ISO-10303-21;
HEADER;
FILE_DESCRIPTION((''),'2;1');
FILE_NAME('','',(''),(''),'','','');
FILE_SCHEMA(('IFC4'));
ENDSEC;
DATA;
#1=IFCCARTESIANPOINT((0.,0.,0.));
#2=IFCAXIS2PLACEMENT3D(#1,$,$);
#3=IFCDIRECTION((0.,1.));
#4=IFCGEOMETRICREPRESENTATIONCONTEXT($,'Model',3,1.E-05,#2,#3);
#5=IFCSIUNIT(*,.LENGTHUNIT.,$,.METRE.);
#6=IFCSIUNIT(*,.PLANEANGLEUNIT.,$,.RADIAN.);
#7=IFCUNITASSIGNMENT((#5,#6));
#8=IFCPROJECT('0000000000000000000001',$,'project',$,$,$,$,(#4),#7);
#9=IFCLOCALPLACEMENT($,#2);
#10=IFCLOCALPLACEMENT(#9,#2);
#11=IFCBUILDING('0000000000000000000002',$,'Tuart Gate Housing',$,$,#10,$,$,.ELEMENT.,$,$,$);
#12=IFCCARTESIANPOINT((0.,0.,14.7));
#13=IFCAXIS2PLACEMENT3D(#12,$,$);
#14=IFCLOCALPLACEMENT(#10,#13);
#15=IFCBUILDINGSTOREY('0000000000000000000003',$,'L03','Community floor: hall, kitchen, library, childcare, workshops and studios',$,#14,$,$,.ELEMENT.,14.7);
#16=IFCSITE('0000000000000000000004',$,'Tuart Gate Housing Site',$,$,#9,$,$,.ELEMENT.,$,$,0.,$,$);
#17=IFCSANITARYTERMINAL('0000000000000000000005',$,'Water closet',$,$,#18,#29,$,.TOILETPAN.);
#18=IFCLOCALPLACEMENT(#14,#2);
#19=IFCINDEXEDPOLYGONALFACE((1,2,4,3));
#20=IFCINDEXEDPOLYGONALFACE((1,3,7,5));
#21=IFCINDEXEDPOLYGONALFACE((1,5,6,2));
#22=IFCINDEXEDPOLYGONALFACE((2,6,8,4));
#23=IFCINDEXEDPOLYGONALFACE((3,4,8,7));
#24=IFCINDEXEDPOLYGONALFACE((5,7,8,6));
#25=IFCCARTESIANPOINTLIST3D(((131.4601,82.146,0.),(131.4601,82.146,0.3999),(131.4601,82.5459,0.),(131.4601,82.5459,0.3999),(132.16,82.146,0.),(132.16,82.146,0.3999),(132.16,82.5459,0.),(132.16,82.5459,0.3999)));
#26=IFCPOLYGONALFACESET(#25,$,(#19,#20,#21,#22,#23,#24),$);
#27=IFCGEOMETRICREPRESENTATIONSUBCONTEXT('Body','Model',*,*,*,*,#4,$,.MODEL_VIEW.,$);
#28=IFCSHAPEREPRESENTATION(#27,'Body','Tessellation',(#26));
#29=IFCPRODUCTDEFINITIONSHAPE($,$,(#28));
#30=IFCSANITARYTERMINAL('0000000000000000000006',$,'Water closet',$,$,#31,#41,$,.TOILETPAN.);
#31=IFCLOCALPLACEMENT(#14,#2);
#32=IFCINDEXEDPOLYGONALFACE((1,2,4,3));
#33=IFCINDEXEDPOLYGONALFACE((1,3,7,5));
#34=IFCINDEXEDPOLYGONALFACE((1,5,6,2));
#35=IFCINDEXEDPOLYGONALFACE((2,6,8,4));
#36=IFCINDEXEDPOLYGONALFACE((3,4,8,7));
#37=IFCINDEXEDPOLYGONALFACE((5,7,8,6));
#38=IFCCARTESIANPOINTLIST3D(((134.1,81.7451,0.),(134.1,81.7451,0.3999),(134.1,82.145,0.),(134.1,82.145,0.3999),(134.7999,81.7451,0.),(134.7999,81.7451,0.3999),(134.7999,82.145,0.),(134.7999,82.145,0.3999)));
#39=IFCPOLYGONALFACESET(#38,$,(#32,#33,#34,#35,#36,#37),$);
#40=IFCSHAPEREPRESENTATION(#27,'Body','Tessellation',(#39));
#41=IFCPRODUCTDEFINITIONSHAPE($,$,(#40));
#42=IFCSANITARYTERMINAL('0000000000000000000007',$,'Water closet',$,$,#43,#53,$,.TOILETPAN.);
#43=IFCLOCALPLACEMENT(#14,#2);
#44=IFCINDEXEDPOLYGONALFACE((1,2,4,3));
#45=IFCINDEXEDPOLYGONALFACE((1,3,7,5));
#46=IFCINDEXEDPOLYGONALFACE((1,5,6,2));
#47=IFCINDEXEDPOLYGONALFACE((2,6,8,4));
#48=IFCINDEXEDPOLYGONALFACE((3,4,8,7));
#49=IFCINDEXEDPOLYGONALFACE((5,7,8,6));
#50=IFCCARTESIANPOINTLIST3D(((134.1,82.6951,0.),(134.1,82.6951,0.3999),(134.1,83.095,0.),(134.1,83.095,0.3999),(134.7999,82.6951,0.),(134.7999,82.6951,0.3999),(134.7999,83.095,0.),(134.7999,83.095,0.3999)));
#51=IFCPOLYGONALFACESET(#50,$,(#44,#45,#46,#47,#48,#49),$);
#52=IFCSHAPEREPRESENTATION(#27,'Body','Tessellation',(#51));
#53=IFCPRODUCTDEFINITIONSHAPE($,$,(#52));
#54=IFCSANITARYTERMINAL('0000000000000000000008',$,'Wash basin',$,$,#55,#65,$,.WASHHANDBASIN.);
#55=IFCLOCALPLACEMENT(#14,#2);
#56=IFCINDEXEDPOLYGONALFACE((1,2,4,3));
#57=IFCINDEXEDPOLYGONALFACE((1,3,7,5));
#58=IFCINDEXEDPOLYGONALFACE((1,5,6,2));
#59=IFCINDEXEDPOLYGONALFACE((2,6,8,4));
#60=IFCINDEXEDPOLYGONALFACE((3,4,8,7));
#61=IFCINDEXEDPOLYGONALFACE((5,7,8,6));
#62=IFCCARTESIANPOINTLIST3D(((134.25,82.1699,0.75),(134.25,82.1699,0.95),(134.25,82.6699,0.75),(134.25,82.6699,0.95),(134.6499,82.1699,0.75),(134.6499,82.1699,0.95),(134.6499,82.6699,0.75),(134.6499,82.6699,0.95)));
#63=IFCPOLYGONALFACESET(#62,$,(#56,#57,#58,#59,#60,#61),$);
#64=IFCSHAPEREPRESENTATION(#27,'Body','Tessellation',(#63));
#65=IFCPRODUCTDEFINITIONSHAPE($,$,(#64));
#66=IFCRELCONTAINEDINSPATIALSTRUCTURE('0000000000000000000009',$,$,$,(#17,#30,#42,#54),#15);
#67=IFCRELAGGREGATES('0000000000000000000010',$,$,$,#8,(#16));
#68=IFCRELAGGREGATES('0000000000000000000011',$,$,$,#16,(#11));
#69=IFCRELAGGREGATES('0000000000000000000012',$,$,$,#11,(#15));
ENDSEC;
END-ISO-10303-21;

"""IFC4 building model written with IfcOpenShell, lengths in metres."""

from ifc_helpers import new_model, si_unit, direction, frame, origin, origin_2d, place, context, subcontext, project, spatial, rectangle, extrude, element, save


model = new_model("IFC4")

# Units and contexts
model_context = context("Model", 3, precision=1e-05, world=origin(), true_north=direction((0.0, 1.0)))
body_context = subcontext(model_context, "Body", "Model", "MODEL_VIEW")
ifc_project = project(units=[si_unit("LENGTHUNIT", "METRE"), si_unit("PLANEANGLEUNIT", "RADIAN")], contexts=[model_context])

# Site, building, storey
site_placement = place(None, origin())
site = spatial("IfcSite", under=ifc_project, at=site_placement, Name="Tuart Gate Housing Site", CompositionType="ELEMENT", RefElevation=0.0)
building_placement = place(site_placement, origin())
building = spatial("IfcBuilding", under=site, at=building_placement, Name="Tuart Gate Housing", CompositionType="ELEMENT")
storey_placement = place(building_placement, frame((0.0, 0.0, 14.7)))
storey = spatial("IfcBuildingStorey", under=building, at=storey_placement, Name="L03", Description="Community floor: hall, kitchen, library, childcare, workshops and studios", CompositionType="ELEMENT", Elevation=14.7)

# Sanitary terminals
for number, where, z_axis, x_axis, name in (
    (1, (131.8101, 82.3459, 0.0), (0.0, 0.0, 1.0), (1.0, 0.0, 0.0), "Water closet"),
    (2, (134.45, 81.9451, 0.0), (0.0, 0.0, 1.0), (1.0, 0.0, 0.0), "Water closet"),
    (3, (134.45, 82.895, 0.0), (0.0, 0.0, 1.0), (1.0, 0.0, 0.0), "Water closet"),
):
    element("IfcSanitaryTerminal", number, at=place(storey_placement, frame(where, z_axis=z_axis, x_axis=x_axis)), inside=storey, Name=name, PredefinedType="TOILETPAN", context=body_context, shape_type="SweptSolid", body=[
        extrude(rectangle(XDim=0.7, YDim=0.3999, at=origin_2d()), origin(), (0.0, 0.0, 1.0), 0.3999),
    ])
sanitary_terminal_placement = place(storey_placement, frame((134.45, 82.4199, 0.75), z_axis=(0.0, 0.0, 1.0), x_axis=(1.0, 0.0, 0.0)))
element("IfcSanitaryTerminal", 4, at=sanitary_terminal_placement, inside=storey, Name="Wash basin", PredefinedType="WASHHANDBASIN", context=body_context, shape_type="SweptSolid", body=[
    extrude(rectangle(XDim=0.3999, YDim=0.5, at=origin_2d()), origin(), (0.0, 0.0, 1.0), 0.2),
])

save(model, "model.ifc")
